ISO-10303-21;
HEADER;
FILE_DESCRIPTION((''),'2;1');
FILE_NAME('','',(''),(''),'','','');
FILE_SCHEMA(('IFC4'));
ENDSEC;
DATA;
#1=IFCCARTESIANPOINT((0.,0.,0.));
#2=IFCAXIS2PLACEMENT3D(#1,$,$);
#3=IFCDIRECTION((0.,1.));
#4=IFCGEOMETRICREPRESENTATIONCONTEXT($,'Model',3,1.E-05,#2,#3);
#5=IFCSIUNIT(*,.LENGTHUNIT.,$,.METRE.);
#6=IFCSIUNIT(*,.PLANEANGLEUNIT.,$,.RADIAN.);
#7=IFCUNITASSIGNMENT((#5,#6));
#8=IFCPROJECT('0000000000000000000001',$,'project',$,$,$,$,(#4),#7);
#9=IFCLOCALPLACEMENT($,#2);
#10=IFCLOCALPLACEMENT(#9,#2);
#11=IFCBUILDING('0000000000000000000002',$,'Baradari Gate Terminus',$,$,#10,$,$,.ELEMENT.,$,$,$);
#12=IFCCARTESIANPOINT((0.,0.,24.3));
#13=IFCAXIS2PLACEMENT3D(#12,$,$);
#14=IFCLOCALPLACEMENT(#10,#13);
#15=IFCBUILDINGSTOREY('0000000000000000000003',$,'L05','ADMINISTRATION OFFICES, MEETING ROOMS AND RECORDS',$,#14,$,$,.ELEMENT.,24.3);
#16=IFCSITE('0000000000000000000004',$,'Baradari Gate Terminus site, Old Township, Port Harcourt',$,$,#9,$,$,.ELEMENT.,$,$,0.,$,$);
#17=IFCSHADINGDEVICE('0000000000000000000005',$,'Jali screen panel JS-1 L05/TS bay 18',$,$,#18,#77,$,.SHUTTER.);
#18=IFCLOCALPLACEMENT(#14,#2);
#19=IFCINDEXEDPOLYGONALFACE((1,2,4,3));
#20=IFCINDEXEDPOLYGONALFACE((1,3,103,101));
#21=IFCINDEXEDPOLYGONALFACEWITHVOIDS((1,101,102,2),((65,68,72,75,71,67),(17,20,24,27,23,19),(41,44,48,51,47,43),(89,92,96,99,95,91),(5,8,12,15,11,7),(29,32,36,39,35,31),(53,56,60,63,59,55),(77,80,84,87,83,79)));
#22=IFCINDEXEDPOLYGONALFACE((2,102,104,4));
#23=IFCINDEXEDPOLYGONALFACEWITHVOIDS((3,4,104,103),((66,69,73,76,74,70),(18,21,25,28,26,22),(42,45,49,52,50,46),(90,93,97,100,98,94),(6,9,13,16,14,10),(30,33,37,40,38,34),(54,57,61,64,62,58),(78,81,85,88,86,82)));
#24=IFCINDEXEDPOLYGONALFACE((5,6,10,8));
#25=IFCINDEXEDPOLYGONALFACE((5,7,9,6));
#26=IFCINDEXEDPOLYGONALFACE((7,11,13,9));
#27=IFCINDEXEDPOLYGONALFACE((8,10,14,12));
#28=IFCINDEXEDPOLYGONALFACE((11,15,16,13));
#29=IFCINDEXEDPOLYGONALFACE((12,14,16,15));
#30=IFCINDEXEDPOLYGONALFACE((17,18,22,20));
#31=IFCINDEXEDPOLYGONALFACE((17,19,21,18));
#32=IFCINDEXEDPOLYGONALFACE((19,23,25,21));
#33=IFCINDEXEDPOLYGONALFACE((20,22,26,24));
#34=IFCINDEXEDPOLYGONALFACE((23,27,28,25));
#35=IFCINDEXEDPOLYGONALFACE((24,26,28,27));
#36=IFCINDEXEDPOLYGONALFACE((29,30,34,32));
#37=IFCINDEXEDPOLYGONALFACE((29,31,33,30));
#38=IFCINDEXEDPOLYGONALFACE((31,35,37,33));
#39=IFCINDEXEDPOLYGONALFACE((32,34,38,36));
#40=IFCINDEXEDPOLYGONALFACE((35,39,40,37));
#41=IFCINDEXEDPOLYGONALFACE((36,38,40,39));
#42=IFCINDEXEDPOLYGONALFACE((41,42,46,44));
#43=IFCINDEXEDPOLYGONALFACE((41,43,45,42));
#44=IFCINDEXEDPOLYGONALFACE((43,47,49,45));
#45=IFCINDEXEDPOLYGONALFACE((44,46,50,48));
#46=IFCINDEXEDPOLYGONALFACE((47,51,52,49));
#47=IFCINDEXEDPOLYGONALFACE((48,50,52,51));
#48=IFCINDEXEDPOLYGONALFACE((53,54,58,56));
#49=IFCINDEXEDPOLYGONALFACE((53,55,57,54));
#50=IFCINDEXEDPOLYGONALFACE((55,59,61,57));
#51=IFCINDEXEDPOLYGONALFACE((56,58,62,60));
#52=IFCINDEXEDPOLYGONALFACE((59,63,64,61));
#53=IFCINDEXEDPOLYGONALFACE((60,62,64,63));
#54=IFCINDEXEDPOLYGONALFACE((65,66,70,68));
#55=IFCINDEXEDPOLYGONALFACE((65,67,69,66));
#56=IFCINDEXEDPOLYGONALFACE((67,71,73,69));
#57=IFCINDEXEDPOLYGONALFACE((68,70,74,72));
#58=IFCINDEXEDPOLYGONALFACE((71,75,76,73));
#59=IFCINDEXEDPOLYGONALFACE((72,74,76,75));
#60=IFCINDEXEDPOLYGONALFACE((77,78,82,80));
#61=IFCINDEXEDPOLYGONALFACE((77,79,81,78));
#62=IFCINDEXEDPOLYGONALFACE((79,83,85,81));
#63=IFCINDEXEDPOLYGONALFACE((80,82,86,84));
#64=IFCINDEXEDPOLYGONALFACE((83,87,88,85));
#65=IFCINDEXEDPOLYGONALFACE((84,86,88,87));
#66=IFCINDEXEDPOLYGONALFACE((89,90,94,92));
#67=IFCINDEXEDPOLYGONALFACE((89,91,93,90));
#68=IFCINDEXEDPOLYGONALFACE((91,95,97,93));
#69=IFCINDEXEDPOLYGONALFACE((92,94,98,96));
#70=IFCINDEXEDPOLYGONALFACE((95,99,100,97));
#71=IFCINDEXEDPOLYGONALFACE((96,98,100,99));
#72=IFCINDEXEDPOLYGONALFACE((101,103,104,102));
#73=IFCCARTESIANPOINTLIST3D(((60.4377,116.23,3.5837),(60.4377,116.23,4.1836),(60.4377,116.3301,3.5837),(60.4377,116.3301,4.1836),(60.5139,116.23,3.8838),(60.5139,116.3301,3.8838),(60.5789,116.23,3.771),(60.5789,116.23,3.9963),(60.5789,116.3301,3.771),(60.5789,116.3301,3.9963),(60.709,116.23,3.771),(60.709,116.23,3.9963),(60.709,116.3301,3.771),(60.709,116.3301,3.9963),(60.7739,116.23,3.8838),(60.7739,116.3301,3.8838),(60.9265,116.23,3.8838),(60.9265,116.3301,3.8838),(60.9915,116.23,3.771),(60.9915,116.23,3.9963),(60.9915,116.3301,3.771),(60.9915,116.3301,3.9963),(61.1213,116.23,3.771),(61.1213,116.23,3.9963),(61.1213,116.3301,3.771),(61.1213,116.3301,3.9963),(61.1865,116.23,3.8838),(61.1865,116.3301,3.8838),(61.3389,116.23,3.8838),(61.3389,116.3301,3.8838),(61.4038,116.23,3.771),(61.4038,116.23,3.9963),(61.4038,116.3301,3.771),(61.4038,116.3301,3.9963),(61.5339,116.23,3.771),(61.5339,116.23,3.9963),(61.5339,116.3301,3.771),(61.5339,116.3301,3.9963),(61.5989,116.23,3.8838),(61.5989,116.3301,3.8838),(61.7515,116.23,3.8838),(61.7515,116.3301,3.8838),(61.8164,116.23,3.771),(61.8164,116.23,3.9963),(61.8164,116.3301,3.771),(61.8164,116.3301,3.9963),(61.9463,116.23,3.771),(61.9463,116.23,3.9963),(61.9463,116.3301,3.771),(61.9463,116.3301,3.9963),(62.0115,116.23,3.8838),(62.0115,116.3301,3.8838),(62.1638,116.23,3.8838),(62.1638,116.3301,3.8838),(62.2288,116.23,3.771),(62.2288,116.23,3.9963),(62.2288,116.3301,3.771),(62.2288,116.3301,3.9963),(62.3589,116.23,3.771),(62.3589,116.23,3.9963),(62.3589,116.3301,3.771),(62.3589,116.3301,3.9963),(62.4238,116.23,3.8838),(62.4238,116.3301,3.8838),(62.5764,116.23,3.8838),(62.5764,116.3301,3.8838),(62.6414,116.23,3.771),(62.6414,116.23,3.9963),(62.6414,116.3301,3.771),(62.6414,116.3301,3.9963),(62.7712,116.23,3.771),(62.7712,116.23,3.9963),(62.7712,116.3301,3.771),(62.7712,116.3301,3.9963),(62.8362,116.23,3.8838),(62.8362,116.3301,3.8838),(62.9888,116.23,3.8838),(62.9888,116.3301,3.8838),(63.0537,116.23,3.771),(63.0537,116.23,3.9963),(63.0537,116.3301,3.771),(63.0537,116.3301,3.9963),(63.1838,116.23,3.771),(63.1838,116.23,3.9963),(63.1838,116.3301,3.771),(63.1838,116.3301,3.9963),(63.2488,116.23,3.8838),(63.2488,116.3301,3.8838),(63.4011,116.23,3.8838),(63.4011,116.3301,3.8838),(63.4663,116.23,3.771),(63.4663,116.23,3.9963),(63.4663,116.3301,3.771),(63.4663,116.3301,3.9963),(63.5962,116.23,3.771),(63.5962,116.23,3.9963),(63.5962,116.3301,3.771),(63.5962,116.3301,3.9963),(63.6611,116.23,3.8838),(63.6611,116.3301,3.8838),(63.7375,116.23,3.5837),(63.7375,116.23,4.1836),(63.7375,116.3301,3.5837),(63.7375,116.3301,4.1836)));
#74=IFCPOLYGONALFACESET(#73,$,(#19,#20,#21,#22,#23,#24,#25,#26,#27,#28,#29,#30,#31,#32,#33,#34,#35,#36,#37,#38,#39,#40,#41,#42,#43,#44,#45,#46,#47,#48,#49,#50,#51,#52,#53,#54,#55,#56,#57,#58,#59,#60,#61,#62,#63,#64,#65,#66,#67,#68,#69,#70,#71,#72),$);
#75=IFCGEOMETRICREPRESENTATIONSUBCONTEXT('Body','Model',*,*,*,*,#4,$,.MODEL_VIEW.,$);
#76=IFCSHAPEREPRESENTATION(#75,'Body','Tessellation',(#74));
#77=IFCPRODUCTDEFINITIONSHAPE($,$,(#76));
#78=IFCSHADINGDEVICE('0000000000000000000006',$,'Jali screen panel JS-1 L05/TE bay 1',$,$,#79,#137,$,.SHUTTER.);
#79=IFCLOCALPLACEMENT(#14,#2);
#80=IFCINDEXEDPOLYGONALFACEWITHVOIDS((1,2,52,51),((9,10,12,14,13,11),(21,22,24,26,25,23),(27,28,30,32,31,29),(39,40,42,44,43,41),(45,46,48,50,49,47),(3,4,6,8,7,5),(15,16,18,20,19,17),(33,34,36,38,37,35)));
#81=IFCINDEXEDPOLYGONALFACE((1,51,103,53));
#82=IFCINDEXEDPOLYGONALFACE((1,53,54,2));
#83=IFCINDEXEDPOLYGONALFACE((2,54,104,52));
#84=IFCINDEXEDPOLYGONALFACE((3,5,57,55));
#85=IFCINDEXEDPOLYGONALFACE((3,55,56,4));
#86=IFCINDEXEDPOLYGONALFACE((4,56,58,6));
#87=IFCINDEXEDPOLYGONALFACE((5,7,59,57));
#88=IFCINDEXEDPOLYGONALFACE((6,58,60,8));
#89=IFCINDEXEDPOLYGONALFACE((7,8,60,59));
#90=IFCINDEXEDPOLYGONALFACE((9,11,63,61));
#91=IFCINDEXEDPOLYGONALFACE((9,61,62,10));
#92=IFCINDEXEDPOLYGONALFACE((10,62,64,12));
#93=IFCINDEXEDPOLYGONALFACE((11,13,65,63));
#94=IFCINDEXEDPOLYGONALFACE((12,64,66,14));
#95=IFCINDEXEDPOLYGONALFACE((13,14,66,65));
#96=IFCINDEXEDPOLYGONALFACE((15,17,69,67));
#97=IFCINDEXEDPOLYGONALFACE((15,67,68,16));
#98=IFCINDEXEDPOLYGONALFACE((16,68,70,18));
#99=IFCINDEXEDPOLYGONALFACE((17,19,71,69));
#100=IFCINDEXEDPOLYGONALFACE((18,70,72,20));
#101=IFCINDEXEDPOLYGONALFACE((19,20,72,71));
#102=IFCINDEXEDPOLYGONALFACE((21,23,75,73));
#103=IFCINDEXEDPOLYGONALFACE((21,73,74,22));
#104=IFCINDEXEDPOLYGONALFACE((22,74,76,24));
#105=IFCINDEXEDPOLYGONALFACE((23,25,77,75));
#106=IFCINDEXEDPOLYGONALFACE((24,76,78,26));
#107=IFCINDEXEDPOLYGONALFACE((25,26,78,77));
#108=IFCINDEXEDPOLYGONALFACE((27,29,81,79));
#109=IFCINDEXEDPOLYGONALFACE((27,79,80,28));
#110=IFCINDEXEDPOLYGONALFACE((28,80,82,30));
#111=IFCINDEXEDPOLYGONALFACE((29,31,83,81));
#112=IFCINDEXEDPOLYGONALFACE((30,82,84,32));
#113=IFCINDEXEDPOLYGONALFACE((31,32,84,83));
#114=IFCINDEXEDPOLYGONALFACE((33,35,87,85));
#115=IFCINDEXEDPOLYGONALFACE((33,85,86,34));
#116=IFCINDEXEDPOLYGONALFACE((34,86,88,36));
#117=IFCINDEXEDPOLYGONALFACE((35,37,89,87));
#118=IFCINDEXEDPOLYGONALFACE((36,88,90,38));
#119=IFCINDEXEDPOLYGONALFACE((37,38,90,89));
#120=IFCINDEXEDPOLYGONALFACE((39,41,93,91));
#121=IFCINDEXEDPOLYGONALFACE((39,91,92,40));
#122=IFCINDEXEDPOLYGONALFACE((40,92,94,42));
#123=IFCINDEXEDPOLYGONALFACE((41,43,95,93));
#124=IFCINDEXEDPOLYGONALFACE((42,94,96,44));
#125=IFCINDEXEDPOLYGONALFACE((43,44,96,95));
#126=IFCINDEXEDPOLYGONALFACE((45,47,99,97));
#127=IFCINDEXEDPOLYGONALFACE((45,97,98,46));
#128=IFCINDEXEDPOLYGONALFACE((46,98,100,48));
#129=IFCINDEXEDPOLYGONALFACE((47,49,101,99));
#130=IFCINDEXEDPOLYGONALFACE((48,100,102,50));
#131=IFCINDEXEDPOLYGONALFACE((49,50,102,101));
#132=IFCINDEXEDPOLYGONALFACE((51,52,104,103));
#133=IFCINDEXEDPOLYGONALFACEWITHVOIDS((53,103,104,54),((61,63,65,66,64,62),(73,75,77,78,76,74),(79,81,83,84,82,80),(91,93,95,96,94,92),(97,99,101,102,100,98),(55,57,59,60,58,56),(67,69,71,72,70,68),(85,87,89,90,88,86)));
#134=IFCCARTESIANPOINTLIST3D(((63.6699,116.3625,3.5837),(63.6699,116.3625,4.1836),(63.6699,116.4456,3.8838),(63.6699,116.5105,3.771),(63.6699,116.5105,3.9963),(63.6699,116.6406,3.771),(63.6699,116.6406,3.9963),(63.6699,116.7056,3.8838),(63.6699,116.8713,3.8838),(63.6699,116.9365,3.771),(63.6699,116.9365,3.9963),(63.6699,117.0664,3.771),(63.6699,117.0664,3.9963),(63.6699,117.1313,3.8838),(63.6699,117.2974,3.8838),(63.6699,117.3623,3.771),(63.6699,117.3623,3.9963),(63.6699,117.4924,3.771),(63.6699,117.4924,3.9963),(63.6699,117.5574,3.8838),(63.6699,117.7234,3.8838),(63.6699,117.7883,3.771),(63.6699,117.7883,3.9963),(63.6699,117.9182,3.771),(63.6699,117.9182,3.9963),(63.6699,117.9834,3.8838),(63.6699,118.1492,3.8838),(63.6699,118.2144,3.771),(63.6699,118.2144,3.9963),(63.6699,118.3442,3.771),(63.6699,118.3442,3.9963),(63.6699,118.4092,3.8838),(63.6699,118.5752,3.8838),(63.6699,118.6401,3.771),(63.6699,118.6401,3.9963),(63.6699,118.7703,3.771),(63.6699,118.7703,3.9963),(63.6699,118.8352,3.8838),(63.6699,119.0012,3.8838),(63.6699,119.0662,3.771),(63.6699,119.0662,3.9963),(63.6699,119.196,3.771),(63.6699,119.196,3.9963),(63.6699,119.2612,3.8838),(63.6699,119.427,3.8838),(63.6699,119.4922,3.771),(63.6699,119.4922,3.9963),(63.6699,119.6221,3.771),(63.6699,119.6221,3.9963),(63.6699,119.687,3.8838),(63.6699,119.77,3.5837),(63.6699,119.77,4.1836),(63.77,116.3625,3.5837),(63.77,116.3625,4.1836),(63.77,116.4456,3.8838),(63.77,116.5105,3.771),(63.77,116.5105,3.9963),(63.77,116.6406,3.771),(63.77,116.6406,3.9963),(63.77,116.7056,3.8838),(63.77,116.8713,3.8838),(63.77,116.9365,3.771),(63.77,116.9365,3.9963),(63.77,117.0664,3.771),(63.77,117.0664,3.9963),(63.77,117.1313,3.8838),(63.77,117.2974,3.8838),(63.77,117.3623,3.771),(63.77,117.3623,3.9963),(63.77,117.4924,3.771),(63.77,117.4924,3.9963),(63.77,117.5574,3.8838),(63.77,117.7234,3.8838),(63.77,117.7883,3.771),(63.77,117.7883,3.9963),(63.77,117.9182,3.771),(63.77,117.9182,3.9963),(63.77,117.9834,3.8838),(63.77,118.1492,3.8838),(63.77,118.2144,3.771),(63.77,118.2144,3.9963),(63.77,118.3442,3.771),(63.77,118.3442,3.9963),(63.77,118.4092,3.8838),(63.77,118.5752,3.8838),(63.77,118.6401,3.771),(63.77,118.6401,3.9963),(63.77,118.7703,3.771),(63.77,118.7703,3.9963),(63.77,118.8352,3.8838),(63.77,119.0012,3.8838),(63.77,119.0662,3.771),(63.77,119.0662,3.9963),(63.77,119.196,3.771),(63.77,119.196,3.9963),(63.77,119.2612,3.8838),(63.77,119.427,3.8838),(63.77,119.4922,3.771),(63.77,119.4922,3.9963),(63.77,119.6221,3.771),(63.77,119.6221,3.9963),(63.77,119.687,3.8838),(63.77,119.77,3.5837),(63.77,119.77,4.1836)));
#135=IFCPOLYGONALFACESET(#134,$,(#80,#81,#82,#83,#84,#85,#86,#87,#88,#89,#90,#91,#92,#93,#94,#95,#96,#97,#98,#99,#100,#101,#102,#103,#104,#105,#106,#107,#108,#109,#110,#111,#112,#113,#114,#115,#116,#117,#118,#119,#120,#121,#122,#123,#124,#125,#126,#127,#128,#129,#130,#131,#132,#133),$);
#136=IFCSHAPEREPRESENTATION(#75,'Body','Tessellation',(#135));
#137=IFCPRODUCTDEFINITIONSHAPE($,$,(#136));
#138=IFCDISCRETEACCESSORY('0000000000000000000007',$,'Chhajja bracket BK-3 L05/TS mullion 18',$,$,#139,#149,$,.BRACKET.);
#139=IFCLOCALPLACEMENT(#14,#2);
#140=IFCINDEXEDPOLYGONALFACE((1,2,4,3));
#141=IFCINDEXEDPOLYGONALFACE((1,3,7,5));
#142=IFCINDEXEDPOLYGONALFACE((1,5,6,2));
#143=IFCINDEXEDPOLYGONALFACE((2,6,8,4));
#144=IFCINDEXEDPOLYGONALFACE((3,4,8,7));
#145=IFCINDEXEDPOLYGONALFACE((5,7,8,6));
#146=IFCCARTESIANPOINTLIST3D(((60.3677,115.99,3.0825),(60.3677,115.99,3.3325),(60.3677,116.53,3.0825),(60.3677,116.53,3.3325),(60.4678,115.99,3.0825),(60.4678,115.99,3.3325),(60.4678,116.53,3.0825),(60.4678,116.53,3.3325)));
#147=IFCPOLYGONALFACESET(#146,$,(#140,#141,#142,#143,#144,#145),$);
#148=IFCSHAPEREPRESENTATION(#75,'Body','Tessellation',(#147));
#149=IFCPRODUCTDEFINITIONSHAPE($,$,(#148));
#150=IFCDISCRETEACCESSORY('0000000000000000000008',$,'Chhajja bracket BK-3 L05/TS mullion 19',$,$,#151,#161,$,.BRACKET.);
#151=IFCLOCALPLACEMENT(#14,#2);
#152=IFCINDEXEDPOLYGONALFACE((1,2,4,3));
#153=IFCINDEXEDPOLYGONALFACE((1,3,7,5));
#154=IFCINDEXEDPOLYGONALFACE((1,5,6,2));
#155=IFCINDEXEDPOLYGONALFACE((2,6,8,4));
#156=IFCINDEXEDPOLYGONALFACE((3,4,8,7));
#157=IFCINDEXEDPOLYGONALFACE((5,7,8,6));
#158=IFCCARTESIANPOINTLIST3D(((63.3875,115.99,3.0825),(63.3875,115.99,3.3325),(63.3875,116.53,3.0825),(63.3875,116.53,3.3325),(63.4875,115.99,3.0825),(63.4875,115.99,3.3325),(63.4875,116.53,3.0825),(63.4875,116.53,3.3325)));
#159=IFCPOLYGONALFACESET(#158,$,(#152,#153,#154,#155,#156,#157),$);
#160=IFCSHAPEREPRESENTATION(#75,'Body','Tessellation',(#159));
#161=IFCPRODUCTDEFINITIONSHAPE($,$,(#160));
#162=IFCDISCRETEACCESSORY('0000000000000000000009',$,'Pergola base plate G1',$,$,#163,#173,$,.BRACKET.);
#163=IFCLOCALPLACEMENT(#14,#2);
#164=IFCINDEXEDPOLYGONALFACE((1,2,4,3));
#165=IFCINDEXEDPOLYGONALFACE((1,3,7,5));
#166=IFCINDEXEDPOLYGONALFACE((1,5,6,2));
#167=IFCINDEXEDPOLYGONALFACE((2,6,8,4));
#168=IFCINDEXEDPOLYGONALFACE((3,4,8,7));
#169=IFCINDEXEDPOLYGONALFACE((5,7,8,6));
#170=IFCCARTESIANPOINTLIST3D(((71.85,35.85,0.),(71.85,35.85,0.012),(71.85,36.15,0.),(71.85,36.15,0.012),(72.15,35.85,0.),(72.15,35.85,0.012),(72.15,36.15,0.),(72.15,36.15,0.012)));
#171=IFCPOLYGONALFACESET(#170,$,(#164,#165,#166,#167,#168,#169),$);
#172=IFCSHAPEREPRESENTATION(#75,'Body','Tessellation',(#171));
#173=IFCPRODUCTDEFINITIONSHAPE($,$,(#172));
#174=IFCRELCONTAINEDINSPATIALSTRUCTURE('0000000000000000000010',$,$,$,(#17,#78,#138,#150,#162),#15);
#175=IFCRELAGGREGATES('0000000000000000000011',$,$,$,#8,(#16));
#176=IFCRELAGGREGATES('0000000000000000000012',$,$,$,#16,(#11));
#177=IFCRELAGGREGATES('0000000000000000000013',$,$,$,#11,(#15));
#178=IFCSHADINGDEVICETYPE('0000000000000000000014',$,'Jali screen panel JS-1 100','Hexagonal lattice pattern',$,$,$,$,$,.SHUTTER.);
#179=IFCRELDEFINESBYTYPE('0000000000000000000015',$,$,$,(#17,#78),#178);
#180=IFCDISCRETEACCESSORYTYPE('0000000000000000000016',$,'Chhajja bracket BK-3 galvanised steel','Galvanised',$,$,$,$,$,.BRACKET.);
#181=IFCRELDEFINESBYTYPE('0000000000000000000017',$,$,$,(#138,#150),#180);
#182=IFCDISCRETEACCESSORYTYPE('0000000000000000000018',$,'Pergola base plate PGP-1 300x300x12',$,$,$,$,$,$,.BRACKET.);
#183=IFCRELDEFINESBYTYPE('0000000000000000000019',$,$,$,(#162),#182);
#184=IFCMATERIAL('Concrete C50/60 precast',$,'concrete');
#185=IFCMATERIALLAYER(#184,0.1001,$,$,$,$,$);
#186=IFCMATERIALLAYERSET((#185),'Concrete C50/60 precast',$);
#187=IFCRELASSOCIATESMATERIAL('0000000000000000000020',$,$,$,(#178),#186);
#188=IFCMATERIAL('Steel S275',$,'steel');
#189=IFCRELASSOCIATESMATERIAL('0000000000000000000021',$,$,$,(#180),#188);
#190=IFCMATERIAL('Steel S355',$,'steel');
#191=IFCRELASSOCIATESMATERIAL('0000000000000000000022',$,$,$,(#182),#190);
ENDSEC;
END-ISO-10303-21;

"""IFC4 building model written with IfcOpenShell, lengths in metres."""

from ifc_helpers import new_model, si_unit, direction, frame, origin, origin_2d, place, context, subcontext, project, spatial, polyline, rectangle, outline, extrude, material, layer, layer_set, type_object, element, save


model = new_model("IFC4")

# Units and contexts
model_context = context("Model", 3, precision=1e-05, world=origin(), true_north=direction((0.0, 1.0)))
body_context = subcontext(model_context, "Body", "Model", "MODEL_VIEW")
ifc_project = project(units=[si_unit("LENGTHUNIT", "METRE"), si_unit("PLANEANGLEUNIT", "RADIAN")], contexts=[model_context])

# Site, building, storey
site_placement = place(None, origin())
site = spatial("IfcSite", under=ifc_project, at=site_placement, Name="Baradari Gate Terminus site, Old Township, Port Harcourt", CompositionType="ELEMENT", RefElevation=0.0)
building_placement = place(site_placement, origin())
building = spatial("IfcBuilding", under=site, at=building_placement, Name="Baradari Gate Terminus", CompositionType="ELEMENT")
storey_placement = place(building_placement, frame((0.0, 0.0, 24.3)))
storey = spatial("IfcBuildingStorey", under=building, at=storey_placement, Name="L05", Description="ADMINISTRATION OFFICES, MEETING ROOMS AND RECORDS", CompositionType="ELEMENT", Elevation=24.3)

# Shading devices
ifc_material_1 = material(Name="Concrete C50/60 precast", Category="concrete")
ifc_layer_1 = layer(ifc_material_1, 0.1001)
ifc_layer_set_1 = layer_set([ifc_layer_1], Name="Concrete C50/60 precast")
shading_device_type_1 = type_object("IfcShadingDeviceType", Name="Jali screen panel JS-1 100", Description="Hexagonal lattice pattern", PredefinedType="SHUTTER", material=ifc_layer_set_1)
shading_device_1_placement = place(storey_placement, frame((60.4377, 116.28, 3.5837), z_axis=(0.0, 0.0, 1.0), x_axis=(1.0, 0.0, 0.0)))
element("IfcShadingDevice", 1, at=shading_device_1_placement, inside=storey, type_object=shading_device_type_1, Name="Jali screen panel JS-1 L05/TS bay 18", PredefinedType="SHUTTER", context=body_context, shape_type="SweptSolid", body=[
    extrude(outline(polyline([(0.0, 0.0), (3.2998, 0.0), (3.2998, 0.5999), (0.0, 0.5999), (0.0, 0.0)]), holes=[polyline([(0.3362, 0.3), (0.2712, 0.1873), (0.1411, 0.1873), (0.0762, 0.3), (0.1411, 0.4126), (0.2712, 0.4126), (0.3362, 0.3)]), polyline([(0.7488, 0.3), (0.6836, 0.1873), (0.5537, 0.1873), (0.4888, 0.3), (0.5537, 0.4126), (0.6836, 0.4126), (0.7488, 0.3)]), polyline([(1.1611, 0.3), (1.0962, 0.1873), (0.9661, 0.1873), (0.9011, 0.3), (0.9661, 0.4126), (1.0962, 0.4126), (1.1611, 0.3)]), polyline([(1.5737, 0.3), (1.5085, 0.1873), (1.3787, 0.1873), (1.3137, 0.3), (1.3787, 0.4126), (1.5085, 0.4126), (1.5737, 0.3)]), polyline([(1.9861, 0.3), (1.9211, 0.1873), (1.791, 0.1873), (1.7261, 0.3), (1.791, 0.4126), (1.9211, 0.4126), (1.9861, 0.3)]), polyline([(2.3984, 0.3), (2.3335, 0.1873), (2.2036, 0.1873), (2.1387, 0.3), (2.2036, 0.4126), (2.3335, 0.4126), (2.3984, 0.3)]), polyline([(2.811, 0.3), (2.7461, 0.1873), (2.616, 0.1873), (2.551, 0.3), (2.616, 0.4126), (2.7461, 0.4126), (2.811, 0.3)]), polyline([(3.2234, 0.3), (3.1584, 0.1873), (3.0286, 0.1873), (2.9634, 0.3), (3.0286, 0.4126), (3.1584, 0.4126), (3.2234, 0.3)])]), frame((0.0, 0.05, 0.0), z_axis=(0.0, -1.0, 0.0), x_axis=(1.0, 0.0, 0.0)), (0.0, 0.0, 1.0), 0.1001),
])
shading_device_2_placement = place(storey_placement, frame((63.72, 116.3625, 3.5837), z_axis=(0.0, 0.0, 1.0), x_axis=(0.0, 1.0, 0.0)))
element("IfcShadingDevice", 2, at=shading_device_2_placement, inside=storey, type_object=shading_device_type_1, Name="Jali screen panel JS-1 L05/TE bay 1", PredefinedType="SHUTTER", context=body_context, shape_type="SweptSolid", body=[
    extrude(outline(polyline([(0.0, 0.0), (3.4075, 0.0), (3.4075, 0.5999), (0.0, 0.5999), (0.0, 0.0)]), holes=[polyline([(0.343, 0.3), (0.2781, 0.1873), (0.1479, 0.1873), (0.083, 0.3), (0.1479, 0.4126), (0.2781, 0.4126), (0.343, 0.3)]), polyline([(0.7688, 0.3), (0.7039, 0.1873), (0.574, 0.1873), (0.5088, 0.3), (0.574, 0.4126), (0.7039, 0.4126), (0.7688, 0.3)]), polyline([(1.1948, 0.3), (1.1299, 0.1873), (0.9998, 0.1873), (0.9348, 0.3), (0.9998, 0.4126), (1.1299, 0.4126), (1.1948, 0.3)]), polyline([(1.6208, 0.3), (1.5557, 0.1873), (1.4258, 0.1873), (1.3608, 0.3), (1.4258, 0.4126), (1.5557, 0.4126), (1.6208, 0.3)]), polyline([(2.0466, 0.3), (1.9817, 0.1873), (1.8518, 0.1873), (1.7866, 0.3), (1.8518, 0.4126), (1.9817, 0.4126), (2.0466, 0.3)]), polyline([(2.4727, 0.3), (2.4077, 0.1873), (2.2776, 0.1873), (2.2126, 0.3), (2.2776, 0.4126), (2.4077, 0.4126), (2.4727, 0.3)]), polyline([(2.8987, 0.3), (2.8335, 0.1873), (2.7036, 0.1873), (2.6387, 0.3), (2.7036, 0.4126), (2.8335, 0.4126), (2.8987, 0.3)]), polyline([(3.3245, 0.3), (3.2595, 0.1873), (3.1296, 0.1873), (3.0645, 0.3), (3.1296, 0.4126), (3.2595, 0.4126), (3.3245, 0.3)])]), frame((0.0, 0.05, 0.0), z_axis=(0.0, -1.0, 0.0), x_axis=(1.0, 0.0, 0.0)), (0.0, 0.0, 1.0), 0.1001),
])

# Discrete accessories
ifc_material_2 = material(Name="Steel S275", Category="steel")
discrete_accessory_type_1 = type_object("IfcDiscreteAccessoryType", Name="Chhajja bracket BK-3 galvanised steel", Description="Galvanised", PredefinedType="BRACKET", material=ifc_material_2)
for number, where, z_axis, x_axis, name in (
    (3, (60.4177, 116.26, 3.0825), (0.0, 0.0, 1.0), (0.0, -1.0, 0.0), "Chhajja bracket BK-3 L05/TS mullion 18"),
    (4, (63.4375, 116.26, 3.0825), (0.0, 0.0, 1.0), (0.0, -1.0, 0.0), "Chhajja bracket BK-3 L05/TS mullion 19"),
):
    element("IfcDiscreteAccessory", number, at=place(storey_placement, frame(where, z_axis=z_axis, x_axis=x_axis)), inside=storey, type_object=discrete_accessory_type_1, Name=name, PredefinedType="BRACKET", context=body_context, shape_type="SweptSolid", body=[
        extrude(rectangle(XDim=0.54, YDim=0.1001, at=origin_2d()), origin(), (0.0, 0.0, 1.0), 0.25),
    ])
ifc_material_3 = material(Name="Steel S355", Category="steel")
discrete_accessory_type_2 = type_object("IfcDiscreteAccessoryType", Name="Pergola base plate PGP-1 300x300x12", PredefinedType="BRACKET", material=ifc_material_3)
for number, where, z_axis, x_axis, name in (
    (5, (72.0, 36.0, 0.0), (0.0, 0.0, 1.0), (1.0, 0.0, 0.0), "Pergola base plate G1"),
):
    element("IfcDiscreteAccessory", number, at=place(storey_placement, frame(where, z_axis=z_axis, x_axis=x_axis)), inside=storey, type_object=discrete_accessory_type_2, Name=name, PredefinedType="BRACKET", context=body_context, shape_type="SweptSolid", body=[
        extrude(rectangle(XDim=0.3, YDim=0.3, at=origin_2d()), origin(), (0.0, 0.0, 1.0), 0.012),
    ])

save(model, "model.ifc")
